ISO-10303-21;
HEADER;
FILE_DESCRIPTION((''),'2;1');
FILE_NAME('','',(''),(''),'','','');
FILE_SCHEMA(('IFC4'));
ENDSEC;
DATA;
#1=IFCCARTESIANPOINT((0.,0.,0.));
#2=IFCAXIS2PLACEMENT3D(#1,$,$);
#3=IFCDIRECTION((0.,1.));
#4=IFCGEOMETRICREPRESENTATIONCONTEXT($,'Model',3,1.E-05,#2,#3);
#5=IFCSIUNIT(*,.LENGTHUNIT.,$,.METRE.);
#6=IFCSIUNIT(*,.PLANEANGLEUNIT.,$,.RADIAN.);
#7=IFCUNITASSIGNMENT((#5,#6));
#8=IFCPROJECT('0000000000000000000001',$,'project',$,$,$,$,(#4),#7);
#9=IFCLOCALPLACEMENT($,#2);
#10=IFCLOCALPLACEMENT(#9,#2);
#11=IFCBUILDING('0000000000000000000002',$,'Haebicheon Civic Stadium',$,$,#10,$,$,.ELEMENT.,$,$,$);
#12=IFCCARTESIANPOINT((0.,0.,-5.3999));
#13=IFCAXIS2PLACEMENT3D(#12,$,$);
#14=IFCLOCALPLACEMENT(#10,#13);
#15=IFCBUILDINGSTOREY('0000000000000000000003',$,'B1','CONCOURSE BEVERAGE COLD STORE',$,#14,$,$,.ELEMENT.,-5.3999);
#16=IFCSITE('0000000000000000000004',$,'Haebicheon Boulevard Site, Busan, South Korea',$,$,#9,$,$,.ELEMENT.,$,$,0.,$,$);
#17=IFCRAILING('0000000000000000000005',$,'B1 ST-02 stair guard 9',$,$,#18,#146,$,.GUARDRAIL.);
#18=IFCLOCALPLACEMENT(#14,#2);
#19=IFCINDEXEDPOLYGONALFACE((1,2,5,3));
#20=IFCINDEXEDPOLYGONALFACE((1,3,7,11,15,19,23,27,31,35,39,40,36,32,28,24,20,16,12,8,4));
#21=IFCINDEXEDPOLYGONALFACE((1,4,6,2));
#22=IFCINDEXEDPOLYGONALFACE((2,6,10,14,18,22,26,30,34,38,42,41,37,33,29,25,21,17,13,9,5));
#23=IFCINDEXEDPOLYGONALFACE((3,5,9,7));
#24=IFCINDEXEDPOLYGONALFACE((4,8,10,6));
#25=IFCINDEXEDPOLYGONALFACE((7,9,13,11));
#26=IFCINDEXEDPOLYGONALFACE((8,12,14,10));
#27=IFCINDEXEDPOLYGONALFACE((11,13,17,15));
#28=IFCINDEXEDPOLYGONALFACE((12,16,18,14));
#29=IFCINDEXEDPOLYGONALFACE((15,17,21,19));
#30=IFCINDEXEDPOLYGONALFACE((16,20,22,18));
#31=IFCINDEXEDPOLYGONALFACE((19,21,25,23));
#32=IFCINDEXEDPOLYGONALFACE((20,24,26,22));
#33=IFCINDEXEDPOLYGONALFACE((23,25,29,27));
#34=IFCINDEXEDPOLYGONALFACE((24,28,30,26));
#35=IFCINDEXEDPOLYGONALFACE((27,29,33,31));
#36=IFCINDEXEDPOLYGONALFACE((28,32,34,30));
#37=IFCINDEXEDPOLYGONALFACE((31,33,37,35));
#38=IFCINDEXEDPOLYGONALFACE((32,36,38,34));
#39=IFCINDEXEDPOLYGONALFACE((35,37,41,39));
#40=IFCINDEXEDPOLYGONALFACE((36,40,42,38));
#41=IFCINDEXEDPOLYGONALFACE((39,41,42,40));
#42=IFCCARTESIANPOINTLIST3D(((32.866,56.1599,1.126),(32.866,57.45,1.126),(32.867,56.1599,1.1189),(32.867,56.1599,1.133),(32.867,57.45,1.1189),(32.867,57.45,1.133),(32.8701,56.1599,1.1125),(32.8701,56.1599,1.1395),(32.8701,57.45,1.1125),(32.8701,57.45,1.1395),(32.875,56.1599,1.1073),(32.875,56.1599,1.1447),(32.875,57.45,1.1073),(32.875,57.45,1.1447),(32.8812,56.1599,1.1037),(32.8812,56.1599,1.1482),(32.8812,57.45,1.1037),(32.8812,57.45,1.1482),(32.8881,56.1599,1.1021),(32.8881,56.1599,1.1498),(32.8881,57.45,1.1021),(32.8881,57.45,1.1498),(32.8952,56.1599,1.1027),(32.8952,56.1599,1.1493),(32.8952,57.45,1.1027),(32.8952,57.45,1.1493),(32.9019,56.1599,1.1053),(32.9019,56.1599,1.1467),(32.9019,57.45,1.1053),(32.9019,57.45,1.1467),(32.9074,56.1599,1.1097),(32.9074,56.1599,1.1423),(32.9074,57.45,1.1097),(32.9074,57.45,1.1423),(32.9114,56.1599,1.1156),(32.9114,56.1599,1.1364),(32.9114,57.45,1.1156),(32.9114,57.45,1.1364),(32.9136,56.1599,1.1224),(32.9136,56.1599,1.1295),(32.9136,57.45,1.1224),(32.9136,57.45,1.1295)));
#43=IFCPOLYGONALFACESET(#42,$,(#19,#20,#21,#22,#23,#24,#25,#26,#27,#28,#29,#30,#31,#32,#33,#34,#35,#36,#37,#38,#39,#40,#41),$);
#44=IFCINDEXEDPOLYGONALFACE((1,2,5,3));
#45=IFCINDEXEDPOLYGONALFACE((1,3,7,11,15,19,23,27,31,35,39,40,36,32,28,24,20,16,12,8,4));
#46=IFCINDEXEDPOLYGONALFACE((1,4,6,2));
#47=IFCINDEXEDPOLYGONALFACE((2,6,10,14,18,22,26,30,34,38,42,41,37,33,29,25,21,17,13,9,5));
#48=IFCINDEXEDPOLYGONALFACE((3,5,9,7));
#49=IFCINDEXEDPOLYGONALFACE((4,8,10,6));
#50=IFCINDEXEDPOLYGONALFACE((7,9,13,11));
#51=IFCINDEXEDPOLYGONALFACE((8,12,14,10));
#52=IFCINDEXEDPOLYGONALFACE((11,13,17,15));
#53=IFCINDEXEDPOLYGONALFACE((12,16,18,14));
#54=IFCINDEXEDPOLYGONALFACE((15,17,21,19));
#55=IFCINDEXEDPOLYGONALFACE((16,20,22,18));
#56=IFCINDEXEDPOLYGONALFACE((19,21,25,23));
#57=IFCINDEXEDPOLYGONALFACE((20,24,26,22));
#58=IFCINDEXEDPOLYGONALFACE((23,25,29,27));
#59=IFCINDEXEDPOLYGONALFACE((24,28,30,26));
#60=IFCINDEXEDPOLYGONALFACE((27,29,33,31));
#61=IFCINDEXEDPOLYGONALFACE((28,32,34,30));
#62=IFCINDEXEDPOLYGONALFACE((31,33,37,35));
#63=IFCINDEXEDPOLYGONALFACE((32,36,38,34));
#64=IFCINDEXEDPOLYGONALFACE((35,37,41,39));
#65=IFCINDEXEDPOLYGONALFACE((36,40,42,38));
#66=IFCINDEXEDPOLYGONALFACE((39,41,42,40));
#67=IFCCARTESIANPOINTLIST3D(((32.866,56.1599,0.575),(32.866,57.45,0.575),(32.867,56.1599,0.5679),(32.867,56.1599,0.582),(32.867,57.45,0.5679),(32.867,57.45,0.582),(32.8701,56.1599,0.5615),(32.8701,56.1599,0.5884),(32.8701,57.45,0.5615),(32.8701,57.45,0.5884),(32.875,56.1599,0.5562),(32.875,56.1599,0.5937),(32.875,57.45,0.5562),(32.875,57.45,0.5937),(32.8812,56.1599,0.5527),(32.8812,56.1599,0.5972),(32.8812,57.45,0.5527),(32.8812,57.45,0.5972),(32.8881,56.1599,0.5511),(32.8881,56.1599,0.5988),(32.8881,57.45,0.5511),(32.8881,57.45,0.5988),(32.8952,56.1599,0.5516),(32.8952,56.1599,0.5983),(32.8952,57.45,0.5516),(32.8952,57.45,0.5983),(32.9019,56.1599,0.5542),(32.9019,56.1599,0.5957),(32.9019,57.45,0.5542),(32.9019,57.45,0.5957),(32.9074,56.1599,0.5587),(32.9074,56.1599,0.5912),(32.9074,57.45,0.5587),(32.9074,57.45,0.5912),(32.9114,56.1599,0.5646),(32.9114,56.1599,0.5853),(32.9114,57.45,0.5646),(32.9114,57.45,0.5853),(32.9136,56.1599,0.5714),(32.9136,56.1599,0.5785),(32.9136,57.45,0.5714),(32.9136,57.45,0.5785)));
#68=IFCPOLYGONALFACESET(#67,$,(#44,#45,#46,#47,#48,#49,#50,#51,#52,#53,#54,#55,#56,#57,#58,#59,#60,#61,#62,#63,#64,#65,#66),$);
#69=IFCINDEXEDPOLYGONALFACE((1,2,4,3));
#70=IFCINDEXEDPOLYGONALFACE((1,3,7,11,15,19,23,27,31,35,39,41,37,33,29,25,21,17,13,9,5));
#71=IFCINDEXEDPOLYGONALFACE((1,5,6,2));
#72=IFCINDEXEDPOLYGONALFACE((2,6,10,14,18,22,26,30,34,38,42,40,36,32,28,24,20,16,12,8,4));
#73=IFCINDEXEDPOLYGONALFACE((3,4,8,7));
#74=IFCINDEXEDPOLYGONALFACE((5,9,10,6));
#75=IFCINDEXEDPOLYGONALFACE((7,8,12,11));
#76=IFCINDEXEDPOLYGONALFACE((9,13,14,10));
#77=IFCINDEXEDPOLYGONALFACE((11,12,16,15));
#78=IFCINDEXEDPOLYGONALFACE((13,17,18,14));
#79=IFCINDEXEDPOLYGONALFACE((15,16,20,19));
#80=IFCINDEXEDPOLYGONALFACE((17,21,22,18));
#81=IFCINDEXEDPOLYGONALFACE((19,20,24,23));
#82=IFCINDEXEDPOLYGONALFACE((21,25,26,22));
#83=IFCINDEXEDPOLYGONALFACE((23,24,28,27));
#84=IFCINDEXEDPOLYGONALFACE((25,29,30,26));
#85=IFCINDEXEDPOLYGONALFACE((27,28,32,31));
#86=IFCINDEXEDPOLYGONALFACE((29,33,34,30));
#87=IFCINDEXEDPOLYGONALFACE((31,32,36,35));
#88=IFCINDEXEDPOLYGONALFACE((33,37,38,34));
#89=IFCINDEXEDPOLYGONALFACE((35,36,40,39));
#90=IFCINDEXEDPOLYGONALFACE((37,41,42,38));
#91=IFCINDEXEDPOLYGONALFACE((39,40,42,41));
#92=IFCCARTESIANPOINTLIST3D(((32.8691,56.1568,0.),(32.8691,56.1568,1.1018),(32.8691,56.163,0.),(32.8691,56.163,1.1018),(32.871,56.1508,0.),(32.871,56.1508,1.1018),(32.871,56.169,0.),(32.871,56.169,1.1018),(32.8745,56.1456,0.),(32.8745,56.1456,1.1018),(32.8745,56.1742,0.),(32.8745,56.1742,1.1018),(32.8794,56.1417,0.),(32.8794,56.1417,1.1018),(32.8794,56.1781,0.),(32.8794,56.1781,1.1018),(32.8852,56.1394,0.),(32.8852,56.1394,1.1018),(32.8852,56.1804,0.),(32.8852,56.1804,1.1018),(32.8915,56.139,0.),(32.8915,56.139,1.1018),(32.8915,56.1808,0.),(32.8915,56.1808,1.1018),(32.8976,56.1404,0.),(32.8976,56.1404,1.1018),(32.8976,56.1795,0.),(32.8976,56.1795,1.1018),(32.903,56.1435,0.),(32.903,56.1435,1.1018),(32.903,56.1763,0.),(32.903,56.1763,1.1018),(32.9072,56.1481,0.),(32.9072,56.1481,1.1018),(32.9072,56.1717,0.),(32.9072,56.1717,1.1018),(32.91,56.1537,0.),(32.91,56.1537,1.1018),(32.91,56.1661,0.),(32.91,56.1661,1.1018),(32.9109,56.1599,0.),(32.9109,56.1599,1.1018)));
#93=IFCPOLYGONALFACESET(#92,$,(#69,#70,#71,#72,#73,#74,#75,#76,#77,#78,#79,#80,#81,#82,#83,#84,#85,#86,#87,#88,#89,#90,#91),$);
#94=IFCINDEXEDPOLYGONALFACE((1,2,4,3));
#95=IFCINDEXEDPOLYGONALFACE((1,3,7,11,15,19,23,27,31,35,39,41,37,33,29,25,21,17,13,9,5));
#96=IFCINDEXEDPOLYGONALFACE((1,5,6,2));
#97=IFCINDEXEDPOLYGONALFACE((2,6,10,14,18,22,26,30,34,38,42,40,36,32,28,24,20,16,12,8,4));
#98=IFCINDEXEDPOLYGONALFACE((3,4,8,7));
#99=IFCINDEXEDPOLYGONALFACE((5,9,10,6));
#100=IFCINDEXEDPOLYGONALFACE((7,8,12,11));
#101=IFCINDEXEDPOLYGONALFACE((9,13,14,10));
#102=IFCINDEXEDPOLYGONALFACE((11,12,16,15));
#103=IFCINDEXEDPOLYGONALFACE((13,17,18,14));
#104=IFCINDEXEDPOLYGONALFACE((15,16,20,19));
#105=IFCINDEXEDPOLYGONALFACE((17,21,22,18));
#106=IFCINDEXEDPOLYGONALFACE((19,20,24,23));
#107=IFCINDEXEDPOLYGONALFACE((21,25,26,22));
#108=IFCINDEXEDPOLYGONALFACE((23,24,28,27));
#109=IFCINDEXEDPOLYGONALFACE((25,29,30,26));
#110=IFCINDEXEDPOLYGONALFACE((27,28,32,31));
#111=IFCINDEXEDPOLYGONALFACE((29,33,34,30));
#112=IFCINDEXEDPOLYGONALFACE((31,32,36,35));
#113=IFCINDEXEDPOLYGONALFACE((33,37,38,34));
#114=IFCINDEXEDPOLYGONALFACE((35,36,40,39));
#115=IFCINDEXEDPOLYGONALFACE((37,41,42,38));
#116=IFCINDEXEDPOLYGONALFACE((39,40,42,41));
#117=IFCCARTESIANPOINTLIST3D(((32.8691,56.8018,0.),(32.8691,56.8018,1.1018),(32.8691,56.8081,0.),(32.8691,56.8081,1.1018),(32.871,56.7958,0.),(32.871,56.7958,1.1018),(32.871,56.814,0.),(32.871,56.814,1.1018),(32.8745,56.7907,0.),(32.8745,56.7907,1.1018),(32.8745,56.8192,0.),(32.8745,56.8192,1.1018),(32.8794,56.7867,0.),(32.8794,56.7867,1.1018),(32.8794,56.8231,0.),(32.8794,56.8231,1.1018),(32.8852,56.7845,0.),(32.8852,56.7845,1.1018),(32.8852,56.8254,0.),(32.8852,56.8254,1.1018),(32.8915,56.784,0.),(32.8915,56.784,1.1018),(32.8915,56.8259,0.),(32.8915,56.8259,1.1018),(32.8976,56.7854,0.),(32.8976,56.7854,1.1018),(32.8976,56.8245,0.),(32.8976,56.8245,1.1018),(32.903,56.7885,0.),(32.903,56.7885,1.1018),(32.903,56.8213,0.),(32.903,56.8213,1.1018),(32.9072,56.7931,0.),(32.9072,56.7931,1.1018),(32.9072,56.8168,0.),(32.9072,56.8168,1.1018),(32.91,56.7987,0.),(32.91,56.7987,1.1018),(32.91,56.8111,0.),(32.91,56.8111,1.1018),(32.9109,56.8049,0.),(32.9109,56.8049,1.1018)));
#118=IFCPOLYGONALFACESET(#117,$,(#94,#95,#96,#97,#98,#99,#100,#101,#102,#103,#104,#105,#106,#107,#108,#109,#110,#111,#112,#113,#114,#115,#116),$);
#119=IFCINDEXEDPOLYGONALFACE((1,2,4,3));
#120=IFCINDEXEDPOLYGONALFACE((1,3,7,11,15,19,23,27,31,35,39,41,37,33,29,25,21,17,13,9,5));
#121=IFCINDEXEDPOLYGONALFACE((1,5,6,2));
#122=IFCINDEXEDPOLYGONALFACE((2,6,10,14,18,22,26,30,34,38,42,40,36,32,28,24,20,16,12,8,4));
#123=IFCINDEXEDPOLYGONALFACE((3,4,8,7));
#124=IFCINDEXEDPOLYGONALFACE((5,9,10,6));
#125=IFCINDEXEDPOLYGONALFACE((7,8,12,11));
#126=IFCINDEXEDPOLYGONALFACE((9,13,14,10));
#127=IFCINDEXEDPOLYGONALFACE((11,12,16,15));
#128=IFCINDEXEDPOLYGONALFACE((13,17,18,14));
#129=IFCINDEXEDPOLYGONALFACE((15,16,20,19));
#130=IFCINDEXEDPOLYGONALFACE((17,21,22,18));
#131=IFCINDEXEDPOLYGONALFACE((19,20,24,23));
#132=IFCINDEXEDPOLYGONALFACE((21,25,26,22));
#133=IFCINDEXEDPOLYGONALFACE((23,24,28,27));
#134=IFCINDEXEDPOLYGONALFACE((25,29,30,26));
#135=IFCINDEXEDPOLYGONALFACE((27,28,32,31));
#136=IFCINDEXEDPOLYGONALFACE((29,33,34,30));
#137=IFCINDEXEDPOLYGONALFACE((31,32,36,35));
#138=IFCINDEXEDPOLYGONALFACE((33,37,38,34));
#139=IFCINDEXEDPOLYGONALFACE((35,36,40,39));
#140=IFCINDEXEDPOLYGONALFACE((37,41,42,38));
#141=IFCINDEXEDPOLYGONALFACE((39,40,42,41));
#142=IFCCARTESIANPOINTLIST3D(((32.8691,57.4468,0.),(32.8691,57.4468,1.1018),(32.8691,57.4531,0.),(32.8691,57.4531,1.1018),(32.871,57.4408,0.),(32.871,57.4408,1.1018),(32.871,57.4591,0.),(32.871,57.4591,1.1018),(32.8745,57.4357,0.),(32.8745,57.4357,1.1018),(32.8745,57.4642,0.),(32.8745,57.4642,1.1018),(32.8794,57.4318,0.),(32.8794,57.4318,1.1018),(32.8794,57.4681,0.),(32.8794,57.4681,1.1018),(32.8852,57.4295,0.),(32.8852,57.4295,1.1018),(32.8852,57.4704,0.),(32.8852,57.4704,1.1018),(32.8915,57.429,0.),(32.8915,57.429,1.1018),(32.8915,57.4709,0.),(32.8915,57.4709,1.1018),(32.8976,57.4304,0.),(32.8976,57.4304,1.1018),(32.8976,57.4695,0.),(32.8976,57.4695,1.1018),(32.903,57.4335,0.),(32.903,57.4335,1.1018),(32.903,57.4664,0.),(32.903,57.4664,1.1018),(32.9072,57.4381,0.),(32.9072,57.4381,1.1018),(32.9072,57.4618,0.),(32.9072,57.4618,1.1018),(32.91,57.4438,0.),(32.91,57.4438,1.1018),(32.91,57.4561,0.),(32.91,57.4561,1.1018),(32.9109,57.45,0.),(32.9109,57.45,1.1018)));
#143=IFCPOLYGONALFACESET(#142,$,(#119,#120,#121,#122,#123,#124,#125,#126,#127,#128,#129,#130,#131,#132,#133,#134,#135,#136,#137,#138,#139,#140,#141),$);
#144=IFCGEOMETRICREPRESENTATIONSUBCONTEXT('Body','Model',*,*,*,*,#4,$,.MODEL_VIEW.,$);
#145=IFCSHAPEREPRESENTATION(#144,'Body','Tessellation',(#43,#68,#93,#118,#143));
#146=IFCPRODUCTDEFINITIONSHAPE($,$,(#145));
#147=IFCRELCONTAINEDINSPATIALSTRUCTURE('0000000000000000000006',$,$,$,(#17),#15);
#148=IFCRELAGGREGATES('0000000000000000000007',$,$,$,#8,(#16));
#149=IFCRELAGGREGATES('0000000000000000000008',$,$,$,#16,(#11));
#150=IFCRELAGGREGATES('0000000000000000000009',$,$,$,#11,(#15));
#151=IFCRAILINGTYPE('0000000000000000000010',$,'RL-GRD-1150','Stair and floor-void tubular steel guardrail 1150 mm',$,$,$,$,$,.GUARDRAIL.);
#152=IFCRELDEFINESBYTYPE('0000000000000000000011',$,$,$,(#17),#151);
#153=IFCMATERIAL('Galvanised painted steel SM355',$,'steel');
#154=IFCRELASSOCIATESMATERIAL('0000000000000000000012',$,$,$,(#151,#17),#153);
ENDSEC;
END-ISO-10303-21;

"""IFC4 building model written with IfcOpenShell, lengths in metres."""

from ifc_helpers import new_model, si_unit, direction, frame, origin, origin_2d, place, context, subcontext, project, spatial, circle, extrude, material, type_object, element, save


model = new_model("IFC4")

# Units and contexts
model_context = context("Model", 3, precision=1e-05, world=origin(), true_north=direction((0.0, 1.0)))
body_context = subcontext(model_context, "Body", "Model", "MODEL_VIEW")
ifc_project = project(units=[si_unit("LENGTHUNIT", "METRE"), si_unit("PLANEANGLEUNIT", "RADIAN")], contexts=[model_context])

# Site, building, storey
site_placement = place(None, origin())
site = spatial("IfcSite", under=ifc_project, at=site_placement, Name="Haebicheon Boulevard Site, Busan, South Korea", CompositionType="ELEMENT", RefElevation=0.0)
building_placement = place(site_placement, origin())
building = spatial("IfcBuilding", under=site, at=building_placement, Name="Haebicheon Civic Stadium", CompositionType="ELEMENT")
storey_placement = place(building_placement, frame((0.0, 0.0, -5.3999)))
storey = spatial("IfcBuildingStorey", under=building, at=storey_placement, Name="B1", Description="CONCOURSE BEVERAGE COLD STORE", CompositionType="ELEMENT", Elevation=-5.3999)

# Railing
ifc_material_1 = material(Name="Galvanised painted steel SM355", Category="steel")
railing_type_1 = type_object("IfcRailingType", Name="RL-GRD-1150", Description="Stair and floor-void tubular steel guardrail 1150 mm", PredefinedType="GUARDRAIL", material=ifc_material_1)
for number, where, name in (
    (1, (32.8899, 56.1599, 0.0), "B1 ST-02 stair guard 9"),
):
    element("IfcRailing", number, at=place(storey_placement, frame(where)), inside=storey, type_object=railing_type_1, material=ifc_material_1, Name=name, PredefinedType="GUARDRAIL", context=body_context, shape_type="SweptSolid", body=[
        extrude(circle(Radius=0.0239, at=origin_2d()), frame((0.0, 0.0, 1.126), z_axis=(0.0, 1.0, 0.0), x_axis=(-1.0, 0.0, 0.0)), (0.0, 0.0, 1.0), 1.29),
        extrude(circle(Radius=0.0239, at=origin_2d()), frame((0.0, 0.0, 0.575), z_axis=(0.0, 1.0, 0.0), x_axis=(-1.0, 0.0, 0.0)), (0.0, 0.0, 1.0), 1.29),
        extrude(circle(Radius=0.021, at=origin_2d()), origin(), (0.0, 0.0, 1.0), 1.1018),
        extrude(circle(Radius=0.021, at=origin_2d()), frame((0.0, 0.645, 0.0)), (0.0, 0.0, 1.0), 1.1018),
        extrude(circle(Radius=0.021, at=origin_2d()), frame((0.0, 1.29, 0.0)), (0.0, 0.0, 1.0), 1.1018),
    ])

save(model, "model.ifc")
